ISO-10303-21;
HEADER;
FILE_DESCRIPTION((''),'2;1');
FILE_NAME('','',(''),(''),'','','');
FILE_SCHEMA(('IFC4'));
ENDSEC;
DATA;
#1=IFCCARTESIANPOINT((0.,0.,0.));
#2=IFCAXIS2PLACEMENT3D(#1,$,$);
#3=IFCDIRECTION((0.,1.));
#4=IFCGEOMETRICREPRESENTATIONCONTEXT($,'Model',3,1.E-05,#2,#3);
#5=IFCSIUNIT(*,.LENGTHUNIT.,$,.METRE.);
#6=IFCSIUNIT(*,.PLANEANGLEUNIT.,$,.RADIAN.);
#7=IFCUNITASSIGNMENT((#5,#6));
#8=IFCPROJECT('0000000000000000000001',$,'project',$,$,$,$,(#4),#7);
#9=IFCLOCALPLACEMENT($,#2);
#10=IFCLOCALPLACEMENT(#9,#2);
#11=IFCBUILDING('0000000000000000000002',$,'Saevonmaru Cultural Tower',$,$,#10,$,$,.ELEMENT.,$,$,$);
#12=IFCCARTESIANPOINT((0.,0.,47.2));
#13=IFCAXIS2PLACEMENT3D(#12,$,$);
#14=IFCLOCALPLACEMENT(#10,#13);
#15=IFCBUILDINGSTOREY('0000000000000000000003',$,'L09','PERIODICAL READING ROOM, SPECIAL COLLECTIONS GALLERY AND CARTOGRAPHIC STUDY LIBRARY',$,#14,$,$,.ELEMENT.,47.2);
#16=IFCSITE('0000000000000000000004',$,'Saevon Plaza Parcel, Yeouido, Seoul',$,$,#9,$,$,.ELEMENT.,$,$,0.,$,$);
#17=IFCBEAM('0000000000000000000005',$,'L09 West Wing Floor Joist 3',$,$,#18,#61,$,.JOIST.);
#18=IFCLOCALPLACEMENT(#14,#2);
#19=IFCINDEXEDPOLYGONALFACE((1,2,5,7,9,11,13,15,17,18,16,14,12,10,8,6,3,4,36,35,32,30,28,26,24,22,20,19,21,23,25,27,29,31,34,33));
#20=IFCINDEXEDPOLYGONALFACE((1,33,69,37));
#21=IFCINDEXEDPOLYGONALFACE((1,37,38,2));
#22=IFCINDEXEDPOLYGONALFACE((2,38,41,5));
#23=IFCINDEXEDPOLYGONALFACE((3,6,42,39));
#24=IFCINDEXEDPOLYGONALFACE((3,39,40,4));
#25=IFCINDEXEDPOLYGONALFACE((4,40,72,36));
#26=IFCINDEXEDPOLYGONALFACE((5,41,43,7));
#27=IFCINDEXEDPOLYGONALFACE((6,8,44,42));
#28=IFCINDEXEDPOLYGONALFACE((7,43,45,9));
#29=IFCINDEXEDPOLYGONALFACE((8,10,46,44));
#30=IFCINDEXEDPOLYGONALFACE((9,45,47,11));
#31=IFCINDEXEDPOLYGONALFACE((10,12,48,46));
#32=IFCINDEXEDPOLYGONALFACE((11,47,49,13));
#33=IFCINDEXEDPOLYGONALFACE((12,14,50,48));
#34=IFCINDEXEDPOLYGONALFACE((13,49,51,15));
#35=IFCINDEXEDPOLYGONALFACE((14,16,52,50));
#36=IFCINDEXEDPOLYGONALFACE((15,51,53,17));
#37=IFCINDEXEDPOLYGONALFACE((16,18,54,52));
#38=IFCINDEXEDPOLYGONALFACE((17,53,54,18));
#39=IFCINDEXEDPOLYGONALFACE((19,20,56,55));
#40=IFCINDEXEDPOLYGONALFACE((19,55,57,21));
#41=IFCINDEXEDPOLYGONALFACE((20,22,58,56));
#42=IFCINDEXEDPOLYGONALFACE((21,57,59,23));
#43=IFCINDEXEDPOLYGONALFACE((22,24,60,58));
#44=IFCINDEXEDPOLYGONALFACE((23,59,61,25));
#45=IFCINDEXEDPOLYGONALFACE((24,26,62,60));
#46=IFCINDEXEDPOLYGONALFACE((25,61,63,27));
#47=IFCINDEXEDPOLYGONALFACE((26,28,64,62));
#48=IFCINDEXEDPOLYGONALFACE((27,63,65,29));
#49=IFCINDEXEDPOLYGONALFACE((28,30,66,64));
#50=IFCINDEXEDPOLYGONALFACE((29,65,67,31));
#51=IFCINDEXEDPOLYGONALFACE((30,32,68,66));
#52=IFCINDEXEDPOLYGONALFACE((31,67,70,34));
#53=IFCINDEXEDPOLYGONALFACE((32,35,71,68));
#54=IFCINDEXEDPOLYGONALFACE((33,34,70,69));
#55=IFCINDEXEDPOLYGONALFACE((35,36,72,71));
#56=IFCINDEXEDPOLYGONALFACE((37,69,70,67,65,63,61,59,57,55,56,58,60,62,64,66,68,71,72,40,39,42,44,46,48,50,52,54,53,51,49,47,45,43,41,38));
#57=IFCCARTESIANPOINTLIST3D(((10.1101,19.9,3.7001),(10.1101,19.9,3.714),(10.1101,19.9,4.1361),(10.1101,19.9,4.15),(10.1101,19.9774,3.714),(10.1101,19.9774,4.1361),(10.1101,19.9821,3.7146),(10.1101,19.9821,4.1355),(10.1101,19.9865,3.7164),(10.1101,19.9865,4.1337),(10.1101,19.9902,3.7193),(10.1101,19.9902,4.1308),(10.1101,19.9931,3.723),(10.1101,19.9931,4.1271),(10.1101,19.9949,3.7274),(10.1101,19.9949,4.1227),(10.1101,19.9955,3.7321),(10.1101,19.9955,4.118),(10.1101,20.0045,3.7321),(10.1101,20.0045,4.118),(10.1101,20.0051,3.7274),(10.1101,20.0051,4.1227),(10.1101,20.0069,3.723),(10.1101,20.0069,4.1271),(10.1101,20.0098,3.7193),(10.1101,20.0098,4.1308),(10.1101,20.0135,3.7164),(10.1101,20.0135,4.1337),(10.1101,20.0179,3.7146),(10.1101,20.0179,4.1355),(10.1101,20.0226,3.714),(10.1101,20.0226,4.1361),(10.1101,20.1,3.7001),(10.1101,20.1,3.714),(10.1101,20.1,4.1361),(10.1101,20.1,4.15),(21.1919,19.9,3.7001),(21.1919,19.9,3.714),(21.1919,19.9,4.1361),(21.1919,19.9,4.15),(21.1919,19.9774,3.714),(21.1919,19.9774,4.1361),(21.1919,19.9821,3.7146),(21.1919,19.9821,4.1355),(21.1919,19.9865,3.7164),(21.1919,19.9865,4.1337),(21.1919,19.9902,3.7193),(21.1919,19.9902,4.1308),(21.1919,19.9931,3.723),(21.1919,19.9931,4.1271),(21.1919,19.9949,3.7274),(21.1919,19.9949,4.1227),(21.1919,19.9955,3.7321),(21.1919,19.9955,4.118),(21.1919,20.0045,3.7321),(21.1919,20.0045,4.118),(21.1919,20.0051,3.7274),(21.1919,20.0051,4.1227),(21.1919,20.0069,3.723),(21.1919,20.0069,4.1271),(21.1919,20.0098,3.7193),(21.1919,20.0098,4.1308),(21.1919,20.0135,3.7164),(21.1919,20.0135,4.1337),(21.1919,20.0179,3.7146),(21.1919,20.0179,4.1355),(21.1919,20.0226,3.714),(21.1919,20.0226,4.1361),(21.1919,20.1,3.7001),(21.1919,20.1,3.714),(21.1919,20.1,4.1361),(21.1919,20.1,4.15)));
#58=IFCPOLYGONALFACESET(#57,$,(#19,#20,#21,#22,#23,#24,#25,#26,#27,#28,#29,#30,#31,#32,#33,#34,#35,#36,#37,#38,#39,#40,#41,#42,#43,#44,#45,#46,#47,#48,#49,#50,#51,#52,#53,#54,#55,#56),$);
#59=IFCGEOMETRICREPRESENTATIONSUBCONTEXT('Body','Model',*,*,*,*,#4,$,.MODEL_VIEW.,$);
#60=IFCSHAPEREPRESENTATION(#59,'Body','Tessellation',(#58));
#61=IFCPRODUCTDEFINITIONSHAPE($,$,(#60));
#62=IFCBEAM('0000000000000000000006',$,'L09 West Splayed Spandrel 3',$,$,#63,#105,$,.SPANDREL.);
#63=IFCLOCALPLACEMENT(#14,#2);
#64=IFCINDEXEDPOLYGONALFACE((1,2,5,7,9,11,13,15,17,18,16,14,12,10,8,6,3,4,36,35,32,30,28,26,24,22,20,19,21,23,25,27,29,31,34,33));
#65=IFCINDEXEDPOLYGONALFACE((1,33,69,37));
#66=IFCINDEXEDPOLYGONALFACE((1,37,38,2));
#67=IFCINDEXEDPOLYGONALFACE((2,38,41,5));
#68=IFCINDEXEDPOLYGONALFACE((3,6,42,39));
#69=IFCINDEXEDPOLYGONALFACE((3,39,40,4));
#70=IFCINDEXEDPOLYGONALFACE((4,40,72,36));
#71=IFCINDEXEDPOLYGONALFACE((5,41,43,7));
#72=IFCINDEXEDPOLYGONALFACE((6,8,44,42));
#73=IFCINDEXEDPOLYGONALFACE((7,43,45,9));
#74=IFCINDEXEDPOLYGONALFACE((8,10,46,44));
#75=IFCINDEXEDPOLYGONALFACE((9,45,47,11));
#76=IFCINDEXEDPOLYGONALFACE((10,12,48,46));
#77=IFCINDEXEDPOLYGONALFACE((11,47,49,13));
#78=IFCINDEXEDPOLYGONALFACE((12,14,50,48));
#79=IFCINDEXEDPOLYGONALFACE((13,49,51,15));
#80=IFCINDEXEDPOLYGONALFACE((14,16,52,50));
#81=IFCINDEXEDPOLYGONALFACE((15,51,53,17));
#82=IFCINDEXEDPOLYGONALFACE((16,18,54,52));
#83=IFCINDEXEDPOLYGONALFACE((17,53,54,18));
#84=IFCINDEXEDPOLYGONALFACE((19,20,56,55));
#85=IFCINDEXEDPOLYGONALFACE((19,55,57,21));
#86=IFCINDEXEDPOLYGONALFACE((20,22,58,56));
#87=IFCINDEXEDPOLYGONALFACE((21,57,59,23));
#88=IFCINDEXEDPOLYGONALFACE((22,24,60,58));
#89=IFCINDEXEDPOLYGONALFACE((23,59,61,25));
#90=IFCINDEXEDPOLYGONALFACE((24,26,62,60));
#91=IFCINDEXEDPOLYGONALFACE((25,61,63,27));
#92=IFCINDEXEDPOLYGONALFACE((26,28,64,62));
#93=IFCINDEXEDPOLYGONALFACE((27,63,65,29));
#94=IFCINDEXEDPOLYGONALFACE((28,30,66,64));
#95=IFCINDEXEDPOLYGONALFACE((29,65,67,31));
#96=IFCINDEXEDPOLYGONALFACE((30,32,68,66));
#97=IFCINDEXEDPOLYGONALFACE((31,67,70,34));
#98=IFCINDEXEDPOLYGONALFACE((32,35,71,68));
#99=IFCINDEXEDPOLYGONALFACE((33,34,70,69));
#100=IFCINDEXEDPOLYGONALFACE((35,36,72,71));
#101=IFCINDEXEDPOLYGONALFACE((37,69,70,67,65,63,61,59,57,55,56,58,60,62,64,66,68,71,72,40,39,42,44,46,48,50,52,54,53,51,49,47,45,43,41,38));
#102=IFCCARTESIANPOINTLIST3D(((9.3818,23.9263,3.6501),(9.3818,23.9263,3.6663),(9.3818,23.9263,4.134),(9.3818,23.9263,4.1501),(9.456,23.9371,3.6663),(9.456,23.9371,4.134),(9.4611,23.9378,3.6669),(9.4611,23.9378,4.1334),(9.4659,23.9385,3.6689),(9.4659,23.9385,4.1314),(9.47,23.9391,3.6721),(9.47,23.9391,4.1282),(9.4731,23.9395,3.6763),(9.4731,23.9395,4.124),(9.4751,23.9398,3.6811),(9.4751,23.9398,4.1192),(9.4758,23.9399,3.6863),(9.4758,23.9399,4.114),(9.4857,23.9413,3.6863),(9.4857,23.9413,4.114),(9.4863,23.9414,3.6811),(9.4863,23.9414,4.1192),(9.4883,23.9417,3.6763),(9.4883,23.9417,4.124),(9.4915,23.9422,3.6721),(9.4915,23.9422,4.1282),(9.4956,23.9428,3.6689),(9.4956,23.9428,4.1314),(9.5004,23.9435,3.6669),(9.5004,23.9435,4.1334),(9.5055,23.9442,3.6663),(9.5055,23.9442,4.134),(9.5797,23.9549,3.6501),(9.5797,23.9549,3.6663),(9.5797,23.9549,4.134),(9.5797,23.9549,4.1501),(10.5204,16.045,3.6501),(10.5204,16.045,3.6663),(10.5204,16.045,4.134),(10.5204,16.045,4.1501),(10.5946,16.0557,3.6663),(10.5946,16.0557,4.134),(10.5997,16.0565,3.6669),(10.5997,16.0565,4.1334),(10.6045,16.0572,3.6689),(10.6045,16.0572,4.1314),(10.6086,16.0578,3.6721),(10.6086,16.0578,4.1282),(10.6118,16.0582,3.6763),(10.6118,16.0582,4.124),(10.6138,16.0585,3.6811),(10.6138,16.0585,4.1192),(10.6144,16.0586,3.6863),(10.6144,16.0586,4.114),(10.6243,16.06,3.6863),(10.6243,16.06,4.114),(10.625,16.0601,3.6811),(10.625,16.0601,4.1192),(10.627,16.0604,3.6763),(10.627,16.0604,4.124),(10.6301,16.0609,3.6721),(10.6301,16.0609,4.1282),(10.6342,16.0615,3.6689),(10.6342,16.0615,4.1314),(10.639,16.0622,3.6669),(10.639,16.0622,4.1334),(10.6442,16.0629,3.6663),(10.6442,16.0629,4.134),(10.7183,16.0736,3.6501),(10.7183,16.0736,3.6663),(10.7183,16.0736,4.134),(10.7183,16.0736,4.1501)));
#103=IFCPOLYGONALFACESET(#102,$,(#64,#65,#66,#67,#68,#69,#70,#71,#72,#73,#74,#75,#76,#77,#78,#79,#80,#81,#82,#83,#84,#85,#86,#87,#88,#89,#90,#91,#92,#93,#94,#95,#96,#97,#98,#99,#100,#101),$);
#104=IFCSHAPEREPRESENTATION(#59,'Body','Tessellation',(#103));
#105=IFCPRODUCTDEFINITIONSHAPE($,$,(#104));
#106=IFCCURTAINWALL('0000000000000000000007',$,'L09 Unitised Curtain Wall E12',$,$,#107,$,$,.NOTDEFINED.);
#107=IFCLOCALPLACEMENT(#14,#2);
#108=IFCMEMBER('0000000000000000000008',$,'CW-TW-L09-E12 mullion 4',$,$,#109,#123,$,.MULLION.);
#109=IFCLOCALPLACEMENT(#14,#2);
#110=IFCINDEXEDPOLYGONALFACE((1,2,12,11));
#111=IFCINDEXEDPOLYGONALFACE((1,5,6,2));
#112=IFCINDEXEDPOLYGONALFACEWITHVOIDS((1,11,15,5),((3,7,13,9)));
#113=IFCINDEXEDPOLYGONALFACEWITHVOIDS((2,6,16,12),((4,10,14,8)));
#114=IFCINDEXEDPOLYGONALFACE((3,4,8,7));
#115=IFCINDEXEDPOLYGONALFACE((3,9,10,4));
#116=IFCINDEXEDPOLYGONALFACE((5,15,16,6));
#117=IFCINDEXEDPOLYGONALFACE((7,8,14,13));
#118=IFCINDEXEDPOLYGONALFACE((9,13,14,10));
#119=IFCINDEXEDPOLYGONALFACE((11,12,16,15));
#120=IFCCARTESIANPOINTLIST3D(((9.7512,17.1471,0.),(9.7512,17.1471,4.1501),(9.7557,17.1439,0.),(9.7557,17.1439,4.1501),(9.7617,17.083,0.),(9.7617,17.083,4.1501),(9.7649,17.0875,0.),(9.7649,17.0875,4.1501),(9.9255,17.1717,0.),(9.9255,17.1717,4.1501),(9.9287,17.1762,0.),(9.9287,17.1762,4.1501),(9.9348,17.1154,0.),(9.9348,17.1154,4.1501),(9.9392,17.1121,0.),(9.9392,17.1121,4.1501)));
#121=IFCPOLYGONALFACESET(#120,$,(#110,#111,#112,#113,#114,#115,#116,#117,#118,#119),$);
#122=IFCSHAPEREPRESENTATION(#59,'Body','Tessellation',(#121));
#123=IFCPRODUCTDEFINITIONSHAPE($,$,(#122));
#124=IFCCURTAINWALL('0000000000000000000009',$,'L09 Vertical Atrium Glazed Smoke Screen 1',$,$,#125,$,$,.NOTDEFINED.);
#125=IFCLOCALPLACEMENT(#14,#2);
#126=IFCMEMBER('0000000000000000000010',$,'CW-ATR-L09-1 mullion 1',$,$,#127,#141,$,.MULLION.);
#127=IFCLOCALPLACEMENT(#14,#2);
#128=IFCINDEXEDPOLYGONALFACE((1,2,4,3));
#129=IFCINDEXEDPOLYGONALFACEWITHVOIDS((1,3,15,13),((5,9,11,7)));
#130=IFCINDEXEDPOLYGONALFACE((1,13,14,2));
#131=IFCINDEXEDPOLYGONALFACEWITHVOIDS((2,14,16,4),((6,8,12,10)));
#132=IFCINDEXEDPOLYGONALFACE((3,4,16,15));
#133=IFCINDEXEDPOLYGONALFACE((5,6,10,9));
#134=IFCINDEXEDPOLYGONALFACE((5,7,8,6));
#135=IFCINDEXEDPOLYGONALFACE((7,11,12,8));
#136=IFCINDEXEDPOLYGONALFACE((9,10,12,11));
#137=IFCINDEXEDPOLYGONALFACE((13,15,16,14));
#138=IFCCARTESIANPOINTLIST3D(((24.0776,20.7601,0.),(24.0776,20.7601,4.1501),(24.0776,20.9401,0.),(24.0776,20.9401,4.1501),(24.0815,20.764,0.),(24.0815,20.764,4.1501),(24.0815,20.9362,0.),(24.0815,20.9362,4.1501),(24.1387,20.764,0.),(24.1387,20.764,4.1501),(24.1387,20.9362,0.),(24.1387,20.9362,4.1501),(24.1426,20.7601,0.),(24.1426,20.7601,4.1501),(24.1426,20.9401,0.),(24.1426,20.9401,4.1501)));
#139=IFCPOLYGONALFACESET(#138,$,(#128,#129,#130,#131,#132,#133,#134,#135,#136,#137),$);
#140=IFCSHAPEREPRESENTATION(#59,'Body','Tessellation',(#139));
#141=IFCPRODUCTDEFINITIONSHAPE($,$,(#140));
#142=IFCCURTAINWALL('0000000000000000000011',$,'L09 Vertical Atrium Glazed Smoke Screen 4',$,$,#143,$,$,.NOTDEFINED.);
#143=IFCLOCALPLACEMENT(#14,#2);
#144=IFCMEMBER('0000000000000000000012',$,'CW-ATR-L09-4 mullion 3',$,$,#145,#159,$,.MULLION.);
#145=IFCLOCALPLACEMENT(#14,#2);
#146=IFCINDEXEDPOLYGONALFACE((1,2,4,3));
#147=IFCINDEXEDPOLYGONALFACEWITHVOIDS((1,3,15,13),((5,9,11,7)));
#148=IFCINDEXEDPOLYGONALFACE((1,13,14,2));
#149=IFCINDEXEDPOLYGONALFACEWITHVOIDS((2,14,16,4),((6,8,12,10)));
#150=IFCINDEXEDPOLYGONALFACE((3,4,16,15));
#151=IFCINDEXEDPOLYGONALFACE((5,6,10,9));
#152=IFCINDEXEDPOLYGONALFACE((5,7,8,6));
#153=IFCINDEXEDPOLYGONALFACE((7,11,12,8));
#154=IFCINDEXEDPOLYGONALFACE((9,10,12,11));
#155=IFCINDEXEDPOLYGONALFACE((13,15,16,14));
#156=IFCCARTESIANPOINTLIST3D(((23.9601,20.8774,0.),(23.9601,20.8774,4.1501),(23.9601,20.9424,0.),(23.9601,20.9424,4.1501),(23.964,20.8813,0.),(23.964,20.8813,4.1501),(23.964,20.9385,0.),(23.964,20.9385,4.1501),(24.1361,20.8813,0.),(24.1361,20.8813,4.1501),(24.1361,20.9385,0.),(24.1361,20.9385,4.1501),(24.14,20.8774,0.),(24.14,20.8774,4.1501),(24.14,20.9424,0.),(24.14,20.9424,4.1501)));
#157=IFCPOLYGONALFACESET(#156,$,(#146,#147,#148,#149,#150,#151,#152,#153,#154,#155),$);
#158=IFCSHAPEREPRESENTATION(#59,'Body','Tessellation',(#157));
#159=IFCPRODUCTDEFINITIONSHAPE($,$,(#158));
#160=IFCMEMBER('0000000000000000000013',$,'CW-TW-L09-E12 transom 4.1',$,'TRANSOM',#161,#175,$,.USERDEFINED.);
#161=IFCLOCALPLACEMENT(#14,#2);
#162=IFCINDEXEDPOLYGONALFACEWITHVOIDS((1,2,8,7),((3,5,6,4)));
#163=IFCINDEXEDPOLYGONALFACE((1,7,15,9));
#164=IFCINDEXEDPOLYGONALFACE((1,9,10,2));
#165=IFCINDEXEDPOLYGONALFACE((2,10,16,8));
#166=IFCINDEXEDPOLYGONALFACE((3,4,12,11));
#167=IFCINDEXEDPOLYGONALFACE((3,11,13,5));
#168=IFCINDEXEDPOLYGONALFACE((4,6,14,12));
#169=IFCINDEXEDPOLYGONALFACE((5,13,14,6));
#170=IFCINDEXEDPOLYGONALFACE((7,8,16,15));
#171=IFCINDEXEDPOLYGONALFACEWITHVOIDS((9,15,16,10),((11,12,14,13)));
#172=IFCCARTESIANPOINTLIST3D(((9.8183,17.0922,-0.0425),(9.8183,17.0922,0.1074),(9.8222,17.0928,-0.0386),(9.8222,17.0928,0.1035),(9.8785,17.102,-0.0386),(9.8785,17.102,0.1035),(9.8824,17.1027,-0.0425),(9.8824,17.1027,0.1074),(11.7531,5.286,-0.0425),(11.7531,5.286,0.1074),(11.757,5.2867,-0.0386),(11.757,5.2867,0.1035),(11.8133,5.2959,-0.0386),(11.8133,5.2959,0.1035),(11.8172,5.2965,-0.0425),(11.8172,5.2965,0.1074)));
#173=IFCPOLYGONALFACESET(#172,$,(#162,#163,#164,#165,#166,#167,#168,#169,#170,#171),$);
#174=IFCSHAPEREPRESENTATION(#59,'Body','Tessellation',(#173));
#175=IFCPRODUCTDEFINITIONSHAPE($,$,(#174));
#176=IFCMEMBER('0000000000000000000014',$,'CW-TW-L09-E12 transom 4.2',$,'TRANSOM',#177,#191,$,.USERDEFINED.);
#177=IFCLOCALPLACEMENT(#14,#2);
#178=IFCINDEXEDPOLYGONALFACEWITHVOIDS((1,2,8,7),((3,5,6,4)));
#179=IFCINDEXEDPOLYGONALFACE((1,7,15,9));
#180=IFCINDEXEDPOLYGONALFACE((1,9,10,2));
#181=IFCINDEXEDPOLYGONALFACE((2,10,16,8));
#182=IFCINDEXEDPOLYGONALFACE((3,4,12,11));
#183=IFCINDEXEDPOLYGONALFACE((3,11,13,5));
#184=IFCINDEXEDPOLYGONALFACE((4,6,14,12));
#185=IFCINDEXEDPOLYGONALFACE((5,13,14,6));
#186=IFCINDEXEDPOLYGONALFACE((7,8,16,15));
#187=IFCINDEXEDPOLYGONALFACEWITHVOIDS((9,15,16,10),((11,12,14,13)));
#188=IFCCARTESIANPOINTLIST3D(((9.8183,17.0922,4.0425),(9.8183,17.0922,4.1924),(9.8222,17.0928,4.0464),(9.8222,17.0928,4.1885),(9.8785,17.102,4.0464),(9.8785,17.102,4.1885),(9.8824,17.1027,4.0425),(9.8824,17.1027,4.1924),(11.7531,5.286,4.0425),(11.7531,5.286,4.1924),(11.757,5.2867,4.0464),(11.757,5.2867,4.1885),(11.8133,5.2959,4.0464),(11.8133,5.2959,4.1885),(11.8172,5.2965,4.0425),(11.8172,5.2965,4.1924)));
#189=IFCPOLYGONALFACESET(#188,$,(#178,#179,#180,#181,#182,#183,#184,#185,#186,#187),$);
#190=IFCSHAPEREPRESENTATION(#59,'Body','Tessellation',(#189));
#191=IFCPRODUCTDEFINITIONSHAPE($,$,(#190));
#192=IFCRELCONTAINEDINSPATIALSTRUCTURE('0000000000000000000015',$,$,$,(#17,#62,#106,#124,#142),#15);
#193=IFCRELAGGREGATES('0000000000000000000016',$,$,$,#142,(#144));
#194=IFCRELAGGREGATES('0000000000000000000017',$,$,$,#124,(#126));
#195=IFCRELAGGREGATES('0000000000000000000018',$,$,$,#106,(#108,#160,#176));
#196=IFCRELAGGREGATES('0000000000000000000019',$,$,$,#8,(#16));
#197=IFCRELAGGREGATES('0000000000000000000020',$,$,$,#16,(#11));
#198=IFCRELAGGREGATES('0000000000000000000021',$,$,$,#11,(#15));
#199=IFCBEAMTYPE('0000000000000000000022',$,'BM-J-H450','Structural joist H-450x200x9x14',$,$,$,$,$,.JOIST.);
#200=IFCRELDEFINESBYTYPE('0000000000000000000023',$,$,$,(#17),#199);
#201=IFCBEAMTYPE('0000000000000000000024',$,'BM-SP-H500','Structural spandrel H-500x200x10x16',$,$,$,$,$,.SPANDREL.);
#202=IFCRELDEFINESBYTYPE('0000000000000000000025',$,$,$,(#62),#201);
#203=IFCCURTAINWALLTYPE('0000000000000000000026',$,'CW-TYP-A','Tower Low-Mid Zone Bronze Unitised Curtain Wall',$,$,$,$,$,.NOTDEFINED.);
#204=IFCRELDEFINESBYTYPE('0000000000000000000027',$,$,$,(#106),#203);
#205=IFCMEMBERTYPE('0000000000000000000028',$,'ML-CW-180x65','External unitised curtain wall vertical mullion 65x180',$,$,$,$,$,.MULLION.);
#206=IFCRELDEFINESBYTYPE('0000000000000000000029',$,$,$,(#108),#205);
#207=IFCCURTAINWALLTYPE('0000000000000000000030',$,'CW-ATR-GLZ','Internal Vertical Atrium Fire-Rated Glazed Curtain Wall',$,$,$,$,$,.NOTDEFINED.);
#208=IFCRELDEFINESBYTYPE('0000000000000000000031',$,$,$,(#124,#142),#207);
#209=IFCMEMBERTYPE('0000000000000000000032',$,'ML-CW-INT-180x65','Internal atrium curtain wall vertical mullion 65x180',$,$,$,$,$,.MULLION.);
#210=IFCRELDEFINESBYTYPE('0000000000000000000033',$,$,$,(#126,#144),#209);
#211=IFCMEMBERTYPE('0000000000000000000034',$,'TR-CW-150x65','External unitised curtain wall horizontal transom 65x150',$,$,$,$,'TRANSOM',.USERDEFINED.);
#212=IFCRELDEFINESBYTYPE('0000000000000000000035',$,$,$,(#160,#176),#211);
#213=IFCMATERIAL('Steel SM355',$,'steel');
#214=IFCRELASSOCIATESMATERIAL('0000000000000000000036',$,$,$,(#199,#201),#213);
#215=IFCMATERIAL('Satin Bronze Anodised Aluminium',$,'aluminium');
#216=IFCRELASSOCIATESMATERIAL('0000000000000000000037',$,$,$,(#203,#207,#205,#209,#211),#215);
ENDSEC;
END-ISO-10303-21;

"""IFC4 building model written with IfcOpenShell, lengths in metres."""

from ifc_helpers import new_model, si_unit, direction, frame, origin, origin_2d, place, context, subcontext, project, spatial, hollow_rectangle, i_section, extrude, material, material_profile, profile_set, type_object, element, aggregate, save


model = new_model("IFC4")

# Units and contexts
model_context = context("Model", 3, precision=1e-05, world=origin(), true_north=direction((0.0, 1.0)))
body_context = subcontext(model_context, "Body", "Model", "MODEL_VIEW")
ifc_project = project(units=[si_unit("LENGTHUNIT", "METRE"), si_unit("PLANEANGLEUNIT", "RADIAN")], contexts=[model_context])

# Site, building, storey
site_placement = place(None, origin())
site = spatial("IfcSite", under=ifc_project, at=site_placement, Name="Saevon Plaza Parcel, Yeouido, Seoul", CompositionType="ELEMENT", RefElevation=0.0)
building_placement = place(site_placement, origin())
building = spatial("IfcBuilding", under=site, at=building_placement, Name="Saevonmaru Cultural Tower", CompositionType="ELEMENT")
storey_placement = place(building_placement, frame((0.0, 0.0, 47.2)))
storey = spatial("IfcBuildingStorey", under=building, at=storey_placement, Name="L09", Description="PERIODICAL READING ROOM, SPECIAL COLLECTIONS GALLERY AND CARTOGRAPHIC STUDY LIBRARY", CompositionType="ELEMENT", Elevation=47.2)

# Beams
ifc_material_1 = material(Name="Steel SM355", Category="steel")
ifc_material_profile_1 = material_profile(ifc_material_1, i_section(OverallWidth=0.2, OverallDepth=0.45, WebThickness=0.009, FlangeThickness=0.0139, FilletRadius=0.0181, at=origin_2d()), Name="H-450x200x9x14")
ifc_profile_set_1 = profile_set([ifc_material_profile_1], Name="Steel SM355")
beam_type_1 = type_object("IfcBeamType", Name="BM-J-H450", Description="Structural joist H-450x200x9x14", PredefinedType="JOIST", material=ifc_profile_set_1)
beam_1_placement = place(storey_placement, frame((10.1101, 20.0, 3.925), z_axis=(1.0, 0.0, 0.0), x_axis=(0.0, 1.0, 0.0)))
element("IfcBeam", 1, at=beam_1_placement, inside=storey, type_object=beam_type_1, Name="L09 West Wing Floor Joist 3", PredefinedType="JOIST", context=body_context, shape_type="SweptSolid", body=[
    extrude(i_section(OverallWidth=0.2, OverallDepth=0.45, WebThickness=0.009, FlangeThickness=0.0139, FilletRadius=0.0181, at=origin_2d()), origin(), (0.0, 0.0, 1.0), 11.0818),
])
ifc_material_profile_2 = material_profile(ifc_material_1, i_section(OverallWidth=0.2, OverallDepth=0.5, WebThickness=0.01, FlangeThickness=0.0161, FilletRadius=0.02, at=origin_2d()), Name="H-500x200x10x16")
ifc_profile_set_2 = profile_set([ifc_material_profile_2], Name="Steel SM355")
beam_type_2 = type_object("IfcBeamType", Name="BM-SP-H500", Description="Structural spandrel H-500x200x10x16", PredefinedType="SPANDREL", material=ifc_profile_set_2)
beam_2_placement = place(storey_placement, frame((10.6194, 16.0593, 3.9001), z_axis=(-0.142992, 0.989724, 0.0), x_axis=(-0.989724, -0.142992, 0.0)))
element("IfcBeam", 2, at=beam_2_placement, inside=storey, type_object=beam_type_2, Name="L09 West Splayed Spandrel 3", PredefinedType="SPANDREL", context=body_context, shape_type="SweptSolid", body=[
    extrude(i_section(OverallWidth=0.2, OverallDepth=0.5, WebThickness=0.01, FlangeThickness=0.0161, FilletRadius=0.02, at=origin_2d()), origin(), (0.0, 0.0, 1.0), 7.9631),
])

# Curtain walls, members
ifc_material_2 = material(Name="Satin Bronze Anodised Aluminium", Category="aluminium")
curtain_wall_type_1 = type_object("IfcCurtainWallType", Name="CW-TYP-A", Description="Tower Low-Mid Zone Bronze Unitised Curtain Wall", PredefinedType="NOTDEFINED", material=ifc_material_2)
curtain_wall_1_placement = place(storey_placement, origin())
curtain_wall_1 = element("IfcCurtainWall", 3, at=curtain_wall_1_placement, inside=storey, type_object=curtain_wall_type_1, Name="L09 Unitised Curtain Wall E12", PredefinedType="NOTDEFINED")
ifc_material_profile_3 = material_profile(ifc_material_2, hollow_rectangle(XDim=0.0649, YDim=0.1799, WallThickness=0.0039, at=origin_2d()), Name="ALU-MULL-180x65x4")
ifc_profile_set_3 = profile_set([ifc_material_profile_3], Name="Satin Bronze Anodised Aluminium")
member_type_1 = type_object("IfcMemberType", Name="ML-CW-180x65", Description="External unitised curtain wall vertical mullion 65x180", PredefinedType="MULLION", material=ifc_profile_set_3)
member_1_placement = place(storey_placement, frame((9.8452, 17.1296, 0.0), z_axis=(0.0, 0.0, 1.0), x_axis=(0.161709, -0.986839, 0.0)))
member_1 = element("IfcMember", 4, at=member_1_placement, type_object=member_type_1, Name="CW-TW-L09-E12 mullion 4", PredefinedType="MULLION", context=body_context, shape_type="SweptSolid", body=[
    extrude(hollow_rectangle(XDim=0.0649, YDim=0.1799, WallThickness=0.0039, at=origin_2d()), origin(), (0.0, 0.0, 1.0), 4.1501),
])
curtain_wall_type_2 = type_object("IfcCurtainWallType", Name="CW-ATR-GLZ", Description="Internal Vertical Atrium Fire-Rated Glazed Curtain Wall", PredefinedType="NOTDEFINED", material=ifc_material_2)
curtain_wall_2_placement = place(storey_placement, origin())
curtain_wall_2 = element("IfcCurtainWall", 5, at=curtain_wall_2_placement, inside=storey, type_object=curtain_wall_type_2, Name="L09 Vertical Atrium Glazed Smoke Screen 1", PredefinedType="NOTDEFINED")
ifc_material_profile_4 = material_profile(ifc_material_2, hollow_rectangle(XDim=0.0649, YDim=0.1799, WallThickness=0.0039, at=origin_2d()), Name="ALU-MULL-180x65x4")
ifc_profile_set_4 = profile_set([ifc_material_profile_4], Name="Satin Bronze Anodised Aluminium")
member_type_2 = type_object("IfcMemberType", Name="ML-CW-INT-180x65", Description="Internal atrium curtain wall vertical mullion 65x180", PredefinedType="MULLION", material=ifc_profile_set_4)
member_2_placement = place(storey_placement, frame((24.1101, 20.8501, 0.0), z_axis=(0.0, 0.0, 1.0), x_axis=(1.0, 0.0, 0.0)))
member_2 = element("IfcMember", 6, at=member_2_placement, type_object=member_type_2, Name="CW-ATR-L09-1 mullion 1", PredefinedType="MULLION", context=body_context, shape_type="SweptSolid", body=[
    extrude(hollow_rectangle(XDim=0.0649, YDim=0.1799, WallThickness=0.0039, at=origin_2d()), origin(), (0.0, 0.0, 1.0), 4.1501),
])
curtain_wall_3_placement = place(storey_placement, origin())
curtain_wall_3 = element("IfcCurtainWall", 7, at=curtain_wall_3_placement, inside=storey, type_object=curtain_wall_type_2, Name="L09 Vertical Atrium Glazed Smoke Screen 4", PredefinedType="NOTDEFINED")
member_3_placement = place(storey_placement, frame((24.05, 20.9099, 0.0), z_axis=(0.0, 0.0, 1.0), x_axis=(0.0, -1.0, 0.0)))
member_3 = element("IfcMember", 8, at=member_3_placement, type_object=member_type_2, Name="CW-ATR-L09-4 mullion 3", PredefinedType="MULLION", context=body_context, shape_type="SweptSolid", body=[
    extrude(hollow_rectangle(XDim=0.0649, YDim=0.1799, WallThickness=0.0039, at=origin_2d()), origin(), (0.0, 0.0, 1.0), 4.1501),
])
aggregate(curtain_wall_3, [member_3])

# Members
ifc_material_profile_5 = material_profile(ifc_material_2, hollow_rectangle(XDim=0.0649, YDim=0.1499, WallThickness=0.0039, at=origin_2d()), Name="ALU-TRAN-150x65x4")
ifc_profile_set_5 = profile_set([ifc_material_profile_5], Name="Satin Bronze Anodised Aluminium")
member_type_3 = type_object("IfcMemberType", Name="TR-CW-150x65", Description="External unitised curtain wall horizontal transom 65x150", ElementType="TRANSOM", PredefinedType="USERDEFINED", material=ifc_profile_set_5)
member_4_placement = place(storey_placement, frame((9.8503, 17.0974, 0.0325), z_axis=(0.161725, -0.986836, 0.0), x_axis=(0.986836, 0.161725, 0.0)))
member_4 = element("IfcMember", 9, at=member_4_placement, type_object=member_type_3, Name="CW-TW-L09-E12 transom 4.1", ObjectType="TRANSOM", PredefinedType="USERDEFINED", context=body_context, shape_type="SweptSolid", body=[
    extrude(hollow_rectangle(XDim=0.0649, YDim=0.1499, WallThickness=0.0039, at=origin_2d()), origin(), (0.0, 0.0, 1.0), 11.9636),
])
member_5_placement = place(storey_placement, frame((9.8503, 17.0974, 4.1174), z_axis=(0.161725, -0.986836, 0.0), x_axis=(0.986836, 0.161725, 0.0)))
member_5 = element("IfcMember", 10, at=member_5_placement, type_object=member_type_3, Name="CW-TW-L09-E12 transom 4.2", ObjectType="TRANSOM", PredefinedType="USERDEFINED", context=body_context, shape_type="SweptSolid", body=[
    extrude(hollow_rectangle(XDim=0.0649, YDim=0.1499, WallThickness=0.0039, at=origin_2d()), origin(), (0.0, 0.0, 1.0), 11.9636),
])
aggregate(curtain_wall_2, [member_2])

aggregate(curtain_wall_1, [member_1, member_4, member_5])

save(model, "model.ifc")
